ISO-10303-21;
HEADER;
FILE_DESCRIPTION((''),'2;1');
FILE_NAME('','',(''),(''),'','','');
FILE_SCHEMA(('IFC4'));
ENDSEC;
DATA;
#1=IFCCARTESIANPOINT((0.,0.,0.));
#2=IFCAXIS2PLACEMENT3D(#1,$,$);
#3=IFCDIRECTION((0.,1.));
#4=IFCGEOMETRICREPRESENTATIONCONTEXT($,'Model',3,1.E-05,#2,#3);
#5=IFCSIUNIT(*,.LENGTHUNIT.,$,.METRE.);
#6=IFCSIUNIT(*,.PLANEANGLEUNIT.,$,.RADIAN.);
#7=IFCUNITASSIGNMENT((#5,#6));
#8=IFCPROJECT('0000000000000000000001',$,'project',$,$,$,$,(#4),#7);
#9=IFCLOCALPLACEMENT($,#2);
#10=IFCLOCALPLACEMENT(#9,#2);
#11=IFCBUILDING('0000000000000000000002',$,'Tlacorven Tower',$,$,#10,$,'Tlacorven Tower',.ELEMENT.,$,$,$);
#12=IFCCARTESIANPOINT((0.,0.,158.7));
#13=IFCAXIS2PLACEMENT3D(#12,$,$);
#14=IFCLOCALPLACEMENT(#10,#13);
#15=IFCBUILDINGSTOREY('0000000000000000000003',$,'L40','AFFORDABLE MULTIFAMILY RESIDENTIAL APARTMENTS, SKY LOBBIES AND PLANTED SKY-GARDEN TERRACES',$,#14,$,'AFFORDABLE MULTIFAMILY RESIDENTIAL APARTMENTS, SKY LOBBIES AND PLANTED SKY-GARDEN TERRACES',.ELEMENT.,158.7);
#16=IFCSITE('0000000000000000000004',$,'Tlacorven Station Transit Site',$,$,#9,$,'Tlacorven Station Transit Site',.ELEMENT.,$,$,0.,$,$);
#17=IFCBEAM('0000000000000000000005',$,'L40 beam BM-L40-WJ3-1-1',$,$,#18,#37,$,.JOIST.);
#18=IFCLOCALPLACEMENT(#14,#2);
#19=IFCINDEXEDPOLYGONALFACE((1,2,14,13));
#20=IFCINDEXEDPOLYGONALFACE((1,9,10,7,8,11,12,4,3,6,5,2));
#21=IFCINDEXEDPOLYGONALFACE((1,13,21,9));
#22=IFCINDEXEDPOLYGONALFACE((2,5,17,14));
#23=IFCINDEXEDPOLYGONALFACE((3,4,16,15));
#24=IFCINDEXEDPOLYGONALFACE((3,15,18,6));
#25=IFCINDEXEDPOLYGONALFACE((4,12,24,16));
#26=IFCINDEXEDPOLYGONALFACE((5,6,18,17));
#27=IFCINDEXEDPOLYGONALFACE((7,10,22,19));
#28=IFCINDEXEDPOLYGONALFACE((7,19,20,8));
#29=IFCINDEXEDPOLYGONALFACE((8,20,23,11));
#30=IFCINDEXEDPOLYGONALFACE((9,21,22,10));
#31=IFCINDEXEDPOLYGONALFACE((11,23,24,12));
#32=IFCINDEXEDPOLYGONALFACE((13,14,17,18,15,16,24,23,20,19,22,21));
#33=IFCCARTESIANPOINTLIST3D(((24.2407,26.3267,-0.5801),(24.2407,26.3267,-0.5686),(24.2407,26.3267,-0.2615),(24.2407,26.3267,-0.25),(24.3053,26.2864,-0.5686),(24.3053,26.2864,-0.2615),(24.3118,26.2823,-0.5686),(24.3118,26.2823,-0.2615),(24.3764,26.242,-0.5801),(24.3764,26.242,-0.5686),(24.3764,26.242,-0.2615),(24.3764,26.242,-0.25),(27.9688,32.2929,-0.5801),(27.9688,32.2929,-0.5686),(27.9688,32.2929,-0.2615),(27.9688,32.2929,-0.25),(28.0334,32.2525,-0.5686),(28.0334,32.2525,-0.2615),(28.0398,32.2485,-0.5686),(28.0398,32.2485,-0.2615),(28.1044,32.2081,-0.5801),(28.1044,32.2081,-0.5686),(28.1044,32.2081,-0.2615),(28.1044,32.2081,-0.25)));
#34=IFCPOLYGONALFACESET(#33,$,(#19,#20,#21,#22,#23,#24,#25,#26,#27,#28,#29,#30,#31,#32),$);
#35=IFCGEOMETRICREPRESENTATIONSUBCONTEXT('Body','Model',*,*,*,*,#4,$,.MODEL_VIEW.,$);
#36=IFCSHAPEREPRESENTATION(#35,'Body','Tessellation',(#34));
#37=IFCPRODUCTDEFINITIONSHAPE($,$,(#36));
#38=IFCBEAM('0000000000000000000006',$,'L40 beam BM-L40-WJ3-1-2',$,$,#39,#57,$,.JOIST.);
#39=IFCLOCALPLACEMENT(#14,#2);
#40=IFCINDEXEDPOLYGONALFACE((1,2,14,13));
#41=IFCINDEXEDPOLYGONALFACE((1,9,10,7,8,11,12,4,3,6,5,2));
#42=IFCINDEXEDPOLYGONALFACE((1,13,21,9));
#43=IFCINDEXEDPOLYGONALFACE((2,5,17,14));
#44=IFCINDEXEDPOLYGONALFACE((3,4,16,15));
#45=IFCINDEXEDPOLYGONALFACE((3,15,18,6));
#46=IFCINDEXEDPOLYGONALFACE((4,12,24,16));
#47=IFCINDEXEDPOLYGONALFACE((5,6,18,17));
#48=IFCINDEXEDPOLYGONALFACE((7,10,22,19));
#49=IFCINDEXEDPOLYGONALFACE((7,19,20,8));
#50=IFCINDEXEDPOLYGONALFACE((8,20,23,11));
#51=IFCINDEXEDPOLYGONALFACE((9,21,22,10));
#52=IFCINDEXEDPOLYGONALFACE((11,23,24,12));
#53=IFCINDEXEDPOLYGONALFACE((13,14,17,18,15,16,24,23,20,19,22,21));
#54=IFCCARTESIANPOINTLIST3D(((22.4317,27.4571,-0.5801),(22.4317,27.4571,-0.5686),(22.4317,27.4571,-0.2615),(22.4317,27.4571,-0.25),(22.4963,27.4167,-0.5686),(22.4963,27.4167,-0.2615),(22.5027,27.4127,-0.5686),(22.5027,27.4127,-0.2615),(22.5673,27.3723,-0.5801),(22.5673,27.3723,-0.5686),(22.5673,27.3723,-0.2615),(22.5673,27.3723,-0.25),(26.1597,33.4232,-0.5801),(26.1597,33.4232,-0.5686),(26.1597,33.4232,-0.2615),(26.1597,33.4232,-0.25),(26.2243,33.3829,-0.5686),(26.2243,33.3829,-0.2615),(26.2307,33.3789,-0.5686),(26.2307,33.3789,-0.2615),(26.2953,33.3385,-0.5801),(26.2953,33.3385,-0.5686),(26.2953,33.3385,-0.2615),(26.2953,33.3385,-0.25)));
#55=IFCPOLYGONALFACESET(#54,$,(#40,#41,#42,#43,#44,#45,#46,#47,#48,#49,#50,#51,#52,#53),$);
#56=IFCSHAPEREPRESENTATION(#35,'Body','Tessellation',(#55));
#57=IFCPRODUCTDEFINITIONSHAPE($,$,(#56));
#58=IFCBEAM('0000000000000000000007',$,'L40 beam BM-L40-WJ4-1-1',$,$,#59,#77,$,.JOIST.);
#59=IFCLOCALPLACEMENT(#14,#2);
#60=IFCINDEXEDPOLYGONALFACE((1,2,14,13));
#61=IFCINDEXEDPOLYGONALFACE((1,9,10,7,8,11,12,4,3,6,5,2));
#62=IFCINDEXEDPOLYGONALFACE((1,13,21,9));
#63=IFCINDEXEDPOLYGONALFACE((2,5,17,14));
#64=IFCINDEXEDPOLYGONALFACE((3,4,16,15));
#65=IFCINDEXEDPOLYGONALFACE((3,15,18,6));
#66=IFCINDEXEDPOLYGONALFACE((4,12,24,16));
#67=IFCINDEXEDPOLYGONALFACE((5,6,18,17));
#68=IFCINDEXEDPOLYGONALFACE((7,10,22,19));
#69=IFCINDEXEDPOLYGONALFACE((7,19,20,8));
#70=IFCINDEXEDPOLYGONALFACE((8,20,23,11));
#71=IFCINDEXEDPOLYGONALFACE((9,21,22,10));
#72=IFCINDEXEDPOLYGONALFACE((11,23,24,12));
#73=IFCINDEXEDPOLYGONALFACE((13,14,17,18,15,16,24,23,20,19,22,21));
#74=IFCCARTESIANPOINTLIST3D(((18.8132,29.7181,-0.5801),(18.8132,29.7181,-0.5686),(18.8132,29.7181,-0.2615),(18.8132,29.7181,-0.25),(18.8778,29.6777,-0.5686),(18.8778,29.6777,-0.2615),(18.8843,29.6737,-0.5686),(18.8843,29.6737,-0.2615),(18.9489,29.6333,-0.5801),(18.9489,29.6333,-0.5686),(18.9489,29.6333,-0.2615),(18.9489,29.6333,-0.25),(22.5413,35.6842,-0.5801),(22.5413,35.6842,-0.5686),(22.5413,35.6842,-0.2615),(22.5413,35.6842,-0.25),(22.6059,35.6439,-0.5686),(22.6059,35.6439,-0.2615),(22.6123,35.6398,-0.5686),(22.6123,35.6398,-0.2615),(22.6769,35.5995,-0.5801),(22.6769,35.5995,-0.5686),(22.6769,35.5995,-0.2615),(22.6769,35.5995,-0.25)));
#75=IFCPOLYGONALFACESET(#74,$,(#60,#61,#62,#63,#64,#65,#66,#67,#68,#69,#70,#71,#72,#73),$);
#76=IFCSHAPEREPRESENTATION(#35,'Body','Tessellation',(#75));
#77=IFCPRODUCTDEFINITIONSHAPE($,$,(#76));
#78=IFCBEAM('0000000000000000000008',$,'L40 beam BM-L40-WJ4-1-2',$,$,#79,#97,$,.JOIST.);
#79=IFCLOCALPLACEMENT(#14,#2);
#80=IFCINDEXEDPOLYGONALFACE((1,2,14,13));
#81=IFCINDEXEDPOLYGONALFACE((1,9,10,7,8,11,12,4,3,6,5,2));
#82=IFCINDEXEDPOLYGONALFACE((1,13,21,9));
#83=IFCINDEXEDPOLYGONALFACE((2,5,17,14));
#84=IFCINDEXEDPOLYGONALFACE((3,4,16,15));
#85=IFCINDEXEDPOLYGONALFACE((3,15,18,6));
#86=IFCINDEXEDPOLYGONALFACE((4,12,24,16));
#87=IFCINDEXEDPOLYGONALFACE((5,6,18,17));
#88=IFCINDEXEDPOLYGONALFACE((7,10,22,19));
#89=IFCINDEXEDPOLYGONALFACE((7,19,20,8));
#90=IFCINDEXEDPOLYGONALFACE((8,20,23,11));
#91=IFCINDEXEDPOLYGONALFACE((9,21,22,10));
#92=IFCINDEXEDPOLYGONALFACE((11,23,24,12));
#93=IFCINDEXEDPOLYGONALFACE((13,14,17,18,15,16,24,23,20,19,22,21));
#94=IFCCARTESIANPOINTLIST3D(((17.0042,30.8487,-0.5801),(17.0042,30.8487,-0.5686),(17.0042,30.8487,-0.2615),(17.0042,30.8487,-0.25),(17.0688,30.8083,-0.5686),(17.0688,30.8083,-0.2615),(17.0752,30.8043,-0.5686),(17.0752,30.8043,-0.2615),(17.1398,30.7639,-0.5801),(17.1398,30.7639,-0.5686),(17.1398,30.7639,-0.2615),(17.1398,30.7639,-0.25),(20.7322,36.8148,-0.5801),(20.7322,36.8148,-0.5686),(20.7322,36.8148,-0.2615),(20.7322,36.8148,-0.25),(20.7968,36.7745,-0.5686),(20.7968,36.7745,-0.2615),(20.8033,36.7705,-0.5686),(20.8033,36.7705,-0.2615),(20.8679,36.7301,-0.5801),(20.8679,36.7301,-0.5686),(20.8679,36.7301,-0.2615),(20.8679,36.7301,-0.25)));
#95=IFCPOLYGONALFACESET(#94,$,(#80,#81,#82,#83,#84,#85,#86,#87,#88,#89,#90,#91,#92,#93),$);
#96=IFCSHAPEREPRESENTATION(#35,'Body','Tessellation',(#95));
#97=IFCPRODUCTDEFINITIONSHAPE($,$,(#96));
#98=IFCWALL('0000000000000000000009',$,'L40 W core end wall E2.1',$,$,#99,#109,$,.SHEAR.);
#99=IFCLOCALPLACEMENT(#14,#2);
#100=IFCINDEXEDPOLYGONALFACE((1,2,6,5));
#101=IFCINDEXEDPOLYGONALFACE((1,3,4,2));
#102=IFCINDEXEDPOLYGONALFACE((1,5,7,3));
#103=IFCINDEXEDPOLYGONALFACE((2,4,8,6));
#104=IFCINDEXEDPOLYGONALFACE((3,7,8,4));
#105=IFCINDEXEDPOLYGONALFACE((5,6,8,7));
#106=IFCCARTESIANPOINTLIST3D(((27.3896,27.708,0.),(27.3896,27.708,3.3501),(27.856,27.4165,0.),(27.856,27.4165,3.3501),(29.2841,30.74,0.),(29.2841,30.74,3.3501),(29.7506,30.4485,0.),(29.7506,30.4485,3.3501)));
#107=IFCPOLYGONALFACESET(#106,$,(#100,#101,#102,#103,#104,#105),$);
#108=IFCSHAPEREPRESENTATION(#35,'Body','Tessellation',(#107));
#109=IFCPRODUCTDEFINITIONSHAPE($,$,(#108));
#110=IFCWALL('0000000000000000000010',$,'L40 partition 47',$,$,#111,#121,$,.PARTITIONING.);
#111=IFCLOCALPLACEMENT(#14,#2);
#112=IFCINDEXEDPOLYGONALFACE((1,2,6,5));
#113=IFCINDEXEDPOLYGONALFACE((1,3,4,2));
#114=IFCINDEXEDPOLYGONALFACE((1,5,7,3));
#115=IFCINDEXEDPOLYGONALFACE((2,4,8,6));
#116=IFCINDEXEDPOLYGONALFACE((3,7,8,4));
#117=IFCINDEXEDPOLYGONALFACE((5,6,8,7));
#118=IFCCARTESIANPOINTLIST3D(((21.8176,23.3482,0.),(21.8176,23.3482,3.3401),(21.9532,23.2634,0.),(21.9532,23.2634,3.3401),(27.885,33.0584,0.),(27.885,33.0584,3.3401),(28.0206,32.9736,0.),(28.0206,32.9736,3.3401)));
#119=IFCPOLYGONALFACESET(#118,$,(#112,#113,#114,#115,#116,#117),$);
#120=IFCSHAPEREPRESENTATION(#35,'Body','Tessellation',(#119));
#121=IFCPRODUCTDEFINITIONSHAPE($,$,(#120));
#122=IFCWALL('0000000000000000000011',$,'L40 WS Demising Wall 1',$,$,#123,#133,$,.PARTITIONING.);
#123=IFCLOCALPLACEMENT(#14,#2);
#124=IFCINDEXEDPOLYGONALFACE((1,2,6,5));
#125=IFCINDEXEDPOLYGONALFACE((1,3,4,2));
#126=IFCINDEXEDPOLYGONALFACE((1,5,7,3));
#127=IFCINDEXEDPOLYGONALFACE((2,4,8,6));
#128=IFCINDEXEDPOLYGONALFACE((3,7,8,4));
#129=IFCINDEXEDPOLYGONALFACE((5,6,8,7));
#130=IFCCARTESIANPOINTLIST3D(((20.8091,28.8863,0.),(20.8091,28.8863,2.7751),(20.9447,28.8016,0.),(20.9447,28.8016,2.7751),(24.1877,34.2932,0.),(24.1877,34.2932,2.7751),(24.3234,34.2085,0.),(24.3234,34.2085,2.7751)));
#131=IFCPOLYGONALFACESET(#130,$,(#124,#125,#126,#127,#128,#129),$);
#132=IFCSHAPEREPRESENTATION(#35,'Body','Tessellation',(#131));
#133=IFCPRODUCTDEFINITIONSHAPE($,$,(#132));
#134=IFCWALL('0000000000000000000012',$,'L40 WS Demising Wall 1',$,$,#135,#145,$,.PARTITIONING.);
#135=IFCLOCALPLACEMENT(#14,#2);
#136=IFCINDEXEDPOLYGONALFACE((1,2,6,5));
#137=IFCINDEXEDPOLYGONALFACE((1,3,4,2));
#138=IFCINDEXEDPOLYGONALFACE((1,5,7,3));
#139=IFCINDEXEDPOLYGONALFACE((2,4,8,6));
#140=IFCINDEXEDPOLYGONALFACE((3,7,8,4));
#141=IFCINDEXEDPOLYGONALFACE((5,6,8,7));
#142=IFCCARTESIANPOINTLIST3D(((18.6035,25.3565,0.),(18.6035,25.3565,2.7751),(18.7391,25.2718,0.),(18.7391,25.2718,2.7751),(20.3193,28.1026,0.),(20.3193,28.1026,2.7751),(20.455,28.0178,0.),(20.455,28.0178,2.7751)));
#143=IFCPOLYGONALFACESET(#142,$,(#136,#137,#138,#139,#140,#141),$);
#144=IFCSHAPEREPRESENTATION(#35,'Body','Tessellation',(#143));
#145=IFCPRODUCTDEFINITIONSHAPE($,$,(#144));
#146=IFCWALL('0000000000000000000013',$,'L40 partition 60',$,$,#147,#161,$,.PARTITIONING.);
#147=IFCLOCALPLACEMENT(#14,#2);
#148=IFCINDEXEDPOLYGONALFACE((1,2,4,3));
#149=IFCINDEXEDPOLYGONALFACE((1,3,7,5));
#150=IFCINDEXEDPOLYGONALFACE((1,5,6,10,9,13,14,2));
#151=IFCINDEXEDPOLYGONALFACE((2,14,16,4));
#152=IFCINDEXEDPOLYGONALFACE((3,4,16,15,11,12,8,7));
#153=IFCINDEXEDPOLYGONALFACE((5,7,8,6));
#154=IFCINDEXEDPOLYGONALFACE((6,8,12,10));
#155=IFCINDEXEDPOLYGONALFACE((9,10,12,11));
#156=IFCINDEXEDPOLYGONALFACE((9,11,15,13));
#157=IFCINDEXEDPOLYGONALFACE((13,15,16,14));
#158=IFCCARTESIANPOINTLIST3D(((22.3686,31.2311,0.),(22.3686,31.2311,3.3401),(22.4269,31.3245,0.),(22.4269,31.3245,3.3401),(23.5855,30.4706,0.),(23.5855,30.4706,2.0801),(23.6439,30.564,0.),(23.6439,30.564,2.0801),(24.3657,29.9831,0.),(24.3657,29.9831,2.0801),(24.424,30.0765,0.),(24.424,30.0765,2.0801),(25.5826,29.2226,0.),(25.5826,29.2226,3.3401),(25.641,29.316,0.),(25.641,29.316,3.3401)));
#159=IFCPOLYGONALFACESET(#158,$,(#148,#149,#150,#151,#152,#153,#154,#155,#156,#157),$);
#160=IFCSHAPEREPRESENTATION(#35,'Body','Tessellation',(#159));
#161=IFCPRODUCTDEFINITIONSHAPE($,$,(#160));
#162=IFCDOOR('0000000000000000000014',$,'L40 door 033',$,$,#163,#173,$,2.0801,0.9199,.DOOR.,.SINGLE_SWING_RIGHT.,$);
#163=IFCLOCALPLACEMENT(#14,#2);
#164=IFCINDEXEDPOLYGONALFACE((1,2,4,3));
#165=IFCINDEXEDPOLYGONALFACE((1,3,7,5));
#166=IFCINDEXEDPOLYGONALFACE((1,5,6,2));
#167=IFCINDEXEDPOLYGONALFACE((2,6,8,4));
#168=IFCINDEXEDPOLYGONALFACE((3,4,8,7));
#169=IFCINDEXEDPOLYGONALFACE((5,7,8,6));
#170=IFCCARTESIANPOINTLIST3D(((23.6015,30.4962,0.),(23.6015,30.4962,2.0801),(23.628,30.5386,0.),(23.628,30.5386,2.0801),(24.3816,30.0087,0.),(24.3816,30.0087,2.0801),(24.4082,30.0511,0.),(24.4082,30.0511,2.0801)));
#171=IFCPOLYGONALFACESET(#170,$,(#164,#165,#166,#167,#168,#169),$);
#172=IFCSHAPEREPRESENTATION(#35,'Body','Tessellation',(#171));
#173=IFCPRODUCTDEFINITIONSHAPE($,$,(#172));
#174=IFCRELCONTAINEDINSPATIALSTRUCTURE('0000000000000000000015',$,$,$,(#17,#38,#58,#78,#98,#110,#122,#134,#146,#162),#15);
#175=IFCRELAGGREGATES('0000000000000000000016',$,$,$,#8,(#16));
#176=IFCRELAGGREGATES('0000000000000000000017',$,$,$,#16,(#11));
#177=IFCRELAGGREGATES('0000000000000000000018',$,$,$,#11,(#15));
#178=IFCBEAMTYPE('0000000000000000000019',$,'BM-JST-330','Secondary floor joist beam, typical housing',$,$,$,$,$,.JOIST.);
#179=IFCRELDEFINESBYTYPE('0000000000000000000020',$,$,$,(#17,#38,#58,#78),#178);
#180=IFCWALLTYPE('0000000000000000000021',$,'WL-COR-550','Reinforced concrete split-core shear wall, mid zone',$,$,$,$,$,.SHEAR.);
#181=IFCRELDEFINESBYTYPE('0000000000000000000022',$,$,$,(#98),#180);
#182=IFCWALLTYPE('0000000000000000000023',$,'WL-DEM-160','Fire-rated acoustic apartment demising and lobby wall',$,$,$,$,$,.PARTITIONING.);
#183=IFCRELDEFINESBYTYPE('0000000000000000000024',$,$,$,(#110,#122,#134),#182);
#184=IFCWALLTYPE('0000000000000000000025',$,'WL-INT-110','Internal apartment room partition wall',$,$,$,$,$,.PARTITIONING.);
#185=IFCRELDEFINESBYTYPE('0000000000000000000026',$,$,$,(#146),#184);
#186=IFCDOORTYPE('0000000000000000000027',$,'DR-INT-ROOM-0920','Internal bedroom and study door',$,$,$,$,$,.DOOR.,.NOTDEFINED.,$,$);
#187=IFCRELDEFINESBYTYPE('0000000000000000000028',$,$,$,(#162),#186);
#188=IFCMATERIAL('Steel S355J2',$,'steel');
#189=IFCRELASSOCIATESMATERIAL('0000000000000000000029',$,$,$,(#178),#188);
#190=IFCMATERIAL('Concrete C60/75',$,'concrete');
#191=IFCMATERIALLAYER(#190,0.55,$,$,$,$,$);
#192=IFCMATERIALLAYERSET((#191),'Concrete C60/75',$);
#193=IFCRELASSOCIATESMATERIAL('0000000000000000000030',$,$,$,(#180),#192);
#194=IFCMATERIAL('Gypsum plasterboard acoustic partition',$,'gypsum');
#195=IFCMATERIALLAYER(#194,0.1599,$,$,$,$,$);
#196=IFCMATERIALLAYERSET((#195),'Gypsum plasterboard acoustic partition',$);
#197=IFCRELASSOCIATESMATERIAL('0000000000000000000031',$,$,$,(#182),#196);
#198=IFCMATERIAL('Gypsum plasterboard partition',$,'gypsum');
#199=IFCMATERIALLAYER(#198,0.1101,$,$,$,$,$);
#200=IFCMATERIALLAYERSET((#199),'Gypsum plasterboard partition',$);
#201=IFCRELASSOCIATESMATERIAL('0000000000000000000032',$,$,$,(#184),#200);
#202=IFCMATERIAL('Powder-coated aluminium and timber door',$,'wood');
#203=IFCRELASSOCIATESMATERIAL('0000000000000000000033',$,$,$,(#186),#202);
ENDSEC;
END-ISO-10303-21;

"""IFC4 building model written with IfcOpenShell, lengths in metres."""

from ifc_helpers import new_model, si_unit, direction, frame, frame_2d, origin, origin_2d, place, context, subcontext, project, spatial, rectangle, i_section, extrude, source, transform, mapped, material, layer, layer_set, material_profile, profile_set, type_object, element, fill, save


model = new_model("IFC4")

# Units and contexts
model_context = context("Model", 3, precision=1e-05, world=origin(), true_north=direction((0.0, 1.0)))
body_context = subcontext(model_context, "Body", "Model", "MODEL_VIEW")
ifc_project = project(units=[si_unit("LENGTHUNIT", "METRE"), si_unit("PLANEANGLEUNIT", "RADIAN")], contexts=[model_context])

# Site, building, storey
site_placement = place(None, origin())
site = spatial("IfcSite", under=ifc_project, at=site_placement, Name="Tlacorven Station Transit Site", LongName="Tlacorven Station Transit Site", CompositionType="ELEMENT", RefElevation=0.0)
building_placement = place(site_placement, origin())
building = spatial("IfcBuilding", under=site, at=building_placement, Name="Tlacorven Tower", LongName="Tlacorven Tower", CompositionType="ELEMENT")
storey_placement = place(building_placement, frame((0.0, 0.0, 158.7)))
storey = spatial("IfcBuildingStorey", under=building, at=storey_placement, Name="L40", Description="AFFORDABLE MULTIFAMILY RESIDENTIAL APARTMENTS, SKY LOBBIES AND PLANTED SKY-GARDEN TERRACES", LongName="AFFORDABLE MULTIFAMILY RESIDENTIAL APARTMENTS, SKY LOBBIES AND PLANTED SKY-GARDEN TERRACES", CompositionType="ELEMENT", Elevation=158.7)

# Beams
ifc_material_1 = material(Name="Steel S355J2", Category="steel")
ifc_material_profile_1 = material_profile(ifc_material_1, i_section(OverallWidth=0.1599, OverallDepth=0.3301, WebThickness=0.0076, FlangeThickness=0.0115, at=origin_2d()), Name="IPE 330")
ifc_profile_set_1 = profile_set([ifc_material_profile_1], Name="Steel S355J2")
beam_type_1 = type_object("IfcBeamType", Name="BM-JST-330", Description="Secondary floor joist beam, typical housing", PredefinedType="JOIST", material=ifc_profile_set_1)
shared_shape_1 = source(origin(), body_context, "Body", "SweptSolid", [
    extrude(i_section(OverallWidth=0.1599, OverallDepth=0.3301, WebThickness=0.0076, FlangeThickness=0.0115, at=origin_2d()), origin(), (0.0, 0.0, 1.0), 7.0352),
])
for number, where, z_axis, x_axis, name in (
    (1, (28.0366, 32.2505, -0.415), (-0.529921, -0.848047, 0.0), (0.848047, -0.529921, 0.0), "L40 beam BM-L40-WJ3-1-1"),
    (2, (26.2275, 33.3809, -0.415), (-0.529921, -0.848047, 0.0), (0.848047, -0.529921, 0.0), "L40 beam BM-L40-WJ3-1-2"),
    (3, (22.6091, 35.6418, -0.415), (-0.529921, -0.848047, 0.0), (0.848047, -0.529921, 0.0), "L40 beam BM-L40-WJ4-1-1"),
    (4, (20.8, 36.7725, -0.415), (-0.529921, -0.848047, 0.0), (0.848047, -0.529921, 0.0), "L40 beam BM-L40-WJ4-1-2"),
):
    element("IfcBeam", number, at=place(storey_placement, frame(where, z_axis=z_axis, x_axis=x_axis)), inside=storey, type_object=beam_type_1, Name=name, PredefinedType="JOIST", context=body_context, shape_type="MappedRepresentation", body=[
        mapped(shared_shape_1, transform((0.0, 0.0, 0.0), scale=1.0)),
    ])

# Walls
ifc_material_2 = material(Name="Concrete C60/75", Category="concrete")
ifc_layer_1 = layer(ifc_material_2, 0.55)
ifc_layer_set_1 = layer_set([ifc_layer_1], Name="Concrete C60/75")
wall_type_1 = type_object("IfcWallType", Name="WL-COR-550", Description="Reinforced concrete split-core shear wall, mid zone", PredefinedType="SHEAR", material=ifc_layer_set_1)
wall_1_placement = place(storey_placement, frame((29.5173, 30.5942, 0.0), z_axis=(0.0, 0.0, 1.0), x_axis=(-0.529907, -0.848056, 0.0)))
element("IfcWall", 5, at=wall_1_placement, inside=storey, type_object=wall_type_1, Name="L40 W core end wall E2.1", PredefinedType="SHEAR", context=body_context, shape_type="SweptSolid", body=[
    extrude(rectangle(XDim=3.5752, YDim=0.55, at=frame_2d((1.7876, 0.0))), origin(), (0.0, 0.0, 1.0), 3.3501),
])
ifc_material_3 = material(Name="Gypsum plasterboard acoustic partition", Category="gypsum")
ifc_layer_2 = layer(ifc_material_3, 0.1599)
ifc_layer_set_2 = layer_set([ifc_layer_2], Name="Gypsum plasterboard acoustic partition")
wall_type_2 = type_object("IfcWallType", Name="WL-DEM-160", Description="Fire-rated acoustic apartment demising and lobby wall", PredefinedType="PARTITIONING", material=ifc_layer_set_2)
wall_2_placement = place(storey_placement, frame((27.9529, 33.0161, 0.0), z_axis=(0.0, 0.0, 1.0), x_axis=(-0.529905, -0.848057, 0.0)))
element("IfcWall", 6, at=wall_2_placement, inside=storey, type_object=wall_type_2, Name="L40 partition 47", PredefinedType="PARTITIONING", context=body_context, shape_type="SweptSolid", body=[
    extrude(rectangle(XDim=11.45, YDim=0.1599, at=frame_2d((5.7251, 0.0))), origin(), (0.0, 0.0, 1.0), 3.3401),
])
wall_3_placement = place(storey_placement, frame((24.2556, 34.251, 0.0), z_axis=(0.0, 0.0, 1.0), x_axis=(-0.52992, -0.848048, 0.0)))
element("IfcWall", 7, at=wall_3_placement, inside=storey, type_object=wall_type_2, Name="L40 WS Demising Wall 1", PredefinedType="PARTITIONING", context=body_context, shape_type="SweptSolid", body=[
    extrude(rectangle(XDim=6.3757, YDim=0.1599, at=frame_2d((3.188, 0.0))), origin(), (0.0, 0.0, 1.0), 2.7751),
])
wall_4_placement = place(storey_placement, frame((20.3872, 28.0603, 0.0), z_axis=(0.0, 0.0, 1.0), x_axis=(-0.52989, -0.848066, 0.0)))
element("IfcWall", 8, at=wall_4_placement, inside=storey, type_object=wall_type_2, Name="L40 WS Demising Wall 1", PredefinedType="PARTITIONING", context=body_context, shape_type="SweptSolid", body=[
    extrude(rectangle(XDim=3.238, YDim=0.1599, at=frame_2d((1.6191, 0.0))), origin(), (0.0, 0.0, 1.0), 2.7751),
])

# Wall, opening, door
ifc_material_4 = material(Name="Gypsum plasterboard partition", Category="gypsum")
ifc_layer_3 = layer(ifc_material_4, 0.1101)
ifc_layer_set_3 = layer_set([ifc_layer_3], Name="Gypsum plasterboard partition")
wall_type_3 = type_object("IfcWallType", Name="WL-INT-110", Description="Internal apartment room partition wall", PredefinedType="PARTITIONING", material=ifc_layer_set_3)
wall_5_placement = place(storey_placement, frame((25.6118, 29.2693, 0.0), z_axis=(0.0, 0.0, 1.0), x_axis=(-0.848031, 0.529947, 0.0)))
wall_5 = element("IfcWall", 9, at=wall_5_placement, inside=storey, type_object=wall_type_3, Name="L40 partition 60", PredefinedType="PARTITIONING", context=body_context, shape_type="SweptSolid", body=[
    extrude(rectangle(XDim=3.79, YDim=0.1101, at=frame_2d((1.895, 0.0))), origin(), (0.0, 0.0, 1.0), 3.3401),
])
opening_1_placement = place(wall_5_placement, frame((1.4351, 0.0, 0.0)))
opening_1 = element("IfcOpeningElement", 10, at=opening_1_placement, cuts=wall_5, PredefinedType="OPENING", context=body_context, shape_type="SweptSolid", body=[
    extrude(rectangle(XDim=0.9199, YDim=2.0801, at=frame_2d((0.46, 1.04))), frame((0.0, 0.0649, 0.0), z_axis=(0.0, -1.0, 0.0), x_axis=(1.0, 0.0, 0.0)), (0.0, 0.0, 1.0), 0.1301),
])
ifc_material_5 = material(Name="Powder-coated aluminium and timber door", Category="wood")
door_type = type_object("IfcDoorType", Name="DR-INT-ROOM-0920", Description="Internal bedroom and study door", OperationType="NOTDEFINED", PredefinedType="DOOR", material=ifc_material_5)
shared_shape_2 = source(origin(), body_context, "Body", "SweptSolid", [
    extrude(rectangle(XDim=0.9199, YDim=2.0801, at=frame_2d((0.46, 1.04))), frame((0.0, 0.0249, 0.0), z_axis=(0.0, -1.0, 0.0), x_axis=(1.0, 0.0, 0.0)), (0.0, 0.0, 1.0), 0.05),
])
door_1_placement = place(opening_1_placement, origin())
door_1 = element("IfcDoor", 11, at=door_1_placement, inside=storey, type_object=door_type, Name="L40 door 033", OperationType="SINGLE_SWING_RIGHT", OverallHeight=2.0801, OverallWidth=0.9199, PredefinedType="DOOR", context=body_context, shape_type="MappedRepresentation", body=[
    mapped(shared_shape_2, transform((0.0, 0.0, 0.0), scale=1.0)),
])
fill(opening_1, door_1)

save(model, "model.ifc")
